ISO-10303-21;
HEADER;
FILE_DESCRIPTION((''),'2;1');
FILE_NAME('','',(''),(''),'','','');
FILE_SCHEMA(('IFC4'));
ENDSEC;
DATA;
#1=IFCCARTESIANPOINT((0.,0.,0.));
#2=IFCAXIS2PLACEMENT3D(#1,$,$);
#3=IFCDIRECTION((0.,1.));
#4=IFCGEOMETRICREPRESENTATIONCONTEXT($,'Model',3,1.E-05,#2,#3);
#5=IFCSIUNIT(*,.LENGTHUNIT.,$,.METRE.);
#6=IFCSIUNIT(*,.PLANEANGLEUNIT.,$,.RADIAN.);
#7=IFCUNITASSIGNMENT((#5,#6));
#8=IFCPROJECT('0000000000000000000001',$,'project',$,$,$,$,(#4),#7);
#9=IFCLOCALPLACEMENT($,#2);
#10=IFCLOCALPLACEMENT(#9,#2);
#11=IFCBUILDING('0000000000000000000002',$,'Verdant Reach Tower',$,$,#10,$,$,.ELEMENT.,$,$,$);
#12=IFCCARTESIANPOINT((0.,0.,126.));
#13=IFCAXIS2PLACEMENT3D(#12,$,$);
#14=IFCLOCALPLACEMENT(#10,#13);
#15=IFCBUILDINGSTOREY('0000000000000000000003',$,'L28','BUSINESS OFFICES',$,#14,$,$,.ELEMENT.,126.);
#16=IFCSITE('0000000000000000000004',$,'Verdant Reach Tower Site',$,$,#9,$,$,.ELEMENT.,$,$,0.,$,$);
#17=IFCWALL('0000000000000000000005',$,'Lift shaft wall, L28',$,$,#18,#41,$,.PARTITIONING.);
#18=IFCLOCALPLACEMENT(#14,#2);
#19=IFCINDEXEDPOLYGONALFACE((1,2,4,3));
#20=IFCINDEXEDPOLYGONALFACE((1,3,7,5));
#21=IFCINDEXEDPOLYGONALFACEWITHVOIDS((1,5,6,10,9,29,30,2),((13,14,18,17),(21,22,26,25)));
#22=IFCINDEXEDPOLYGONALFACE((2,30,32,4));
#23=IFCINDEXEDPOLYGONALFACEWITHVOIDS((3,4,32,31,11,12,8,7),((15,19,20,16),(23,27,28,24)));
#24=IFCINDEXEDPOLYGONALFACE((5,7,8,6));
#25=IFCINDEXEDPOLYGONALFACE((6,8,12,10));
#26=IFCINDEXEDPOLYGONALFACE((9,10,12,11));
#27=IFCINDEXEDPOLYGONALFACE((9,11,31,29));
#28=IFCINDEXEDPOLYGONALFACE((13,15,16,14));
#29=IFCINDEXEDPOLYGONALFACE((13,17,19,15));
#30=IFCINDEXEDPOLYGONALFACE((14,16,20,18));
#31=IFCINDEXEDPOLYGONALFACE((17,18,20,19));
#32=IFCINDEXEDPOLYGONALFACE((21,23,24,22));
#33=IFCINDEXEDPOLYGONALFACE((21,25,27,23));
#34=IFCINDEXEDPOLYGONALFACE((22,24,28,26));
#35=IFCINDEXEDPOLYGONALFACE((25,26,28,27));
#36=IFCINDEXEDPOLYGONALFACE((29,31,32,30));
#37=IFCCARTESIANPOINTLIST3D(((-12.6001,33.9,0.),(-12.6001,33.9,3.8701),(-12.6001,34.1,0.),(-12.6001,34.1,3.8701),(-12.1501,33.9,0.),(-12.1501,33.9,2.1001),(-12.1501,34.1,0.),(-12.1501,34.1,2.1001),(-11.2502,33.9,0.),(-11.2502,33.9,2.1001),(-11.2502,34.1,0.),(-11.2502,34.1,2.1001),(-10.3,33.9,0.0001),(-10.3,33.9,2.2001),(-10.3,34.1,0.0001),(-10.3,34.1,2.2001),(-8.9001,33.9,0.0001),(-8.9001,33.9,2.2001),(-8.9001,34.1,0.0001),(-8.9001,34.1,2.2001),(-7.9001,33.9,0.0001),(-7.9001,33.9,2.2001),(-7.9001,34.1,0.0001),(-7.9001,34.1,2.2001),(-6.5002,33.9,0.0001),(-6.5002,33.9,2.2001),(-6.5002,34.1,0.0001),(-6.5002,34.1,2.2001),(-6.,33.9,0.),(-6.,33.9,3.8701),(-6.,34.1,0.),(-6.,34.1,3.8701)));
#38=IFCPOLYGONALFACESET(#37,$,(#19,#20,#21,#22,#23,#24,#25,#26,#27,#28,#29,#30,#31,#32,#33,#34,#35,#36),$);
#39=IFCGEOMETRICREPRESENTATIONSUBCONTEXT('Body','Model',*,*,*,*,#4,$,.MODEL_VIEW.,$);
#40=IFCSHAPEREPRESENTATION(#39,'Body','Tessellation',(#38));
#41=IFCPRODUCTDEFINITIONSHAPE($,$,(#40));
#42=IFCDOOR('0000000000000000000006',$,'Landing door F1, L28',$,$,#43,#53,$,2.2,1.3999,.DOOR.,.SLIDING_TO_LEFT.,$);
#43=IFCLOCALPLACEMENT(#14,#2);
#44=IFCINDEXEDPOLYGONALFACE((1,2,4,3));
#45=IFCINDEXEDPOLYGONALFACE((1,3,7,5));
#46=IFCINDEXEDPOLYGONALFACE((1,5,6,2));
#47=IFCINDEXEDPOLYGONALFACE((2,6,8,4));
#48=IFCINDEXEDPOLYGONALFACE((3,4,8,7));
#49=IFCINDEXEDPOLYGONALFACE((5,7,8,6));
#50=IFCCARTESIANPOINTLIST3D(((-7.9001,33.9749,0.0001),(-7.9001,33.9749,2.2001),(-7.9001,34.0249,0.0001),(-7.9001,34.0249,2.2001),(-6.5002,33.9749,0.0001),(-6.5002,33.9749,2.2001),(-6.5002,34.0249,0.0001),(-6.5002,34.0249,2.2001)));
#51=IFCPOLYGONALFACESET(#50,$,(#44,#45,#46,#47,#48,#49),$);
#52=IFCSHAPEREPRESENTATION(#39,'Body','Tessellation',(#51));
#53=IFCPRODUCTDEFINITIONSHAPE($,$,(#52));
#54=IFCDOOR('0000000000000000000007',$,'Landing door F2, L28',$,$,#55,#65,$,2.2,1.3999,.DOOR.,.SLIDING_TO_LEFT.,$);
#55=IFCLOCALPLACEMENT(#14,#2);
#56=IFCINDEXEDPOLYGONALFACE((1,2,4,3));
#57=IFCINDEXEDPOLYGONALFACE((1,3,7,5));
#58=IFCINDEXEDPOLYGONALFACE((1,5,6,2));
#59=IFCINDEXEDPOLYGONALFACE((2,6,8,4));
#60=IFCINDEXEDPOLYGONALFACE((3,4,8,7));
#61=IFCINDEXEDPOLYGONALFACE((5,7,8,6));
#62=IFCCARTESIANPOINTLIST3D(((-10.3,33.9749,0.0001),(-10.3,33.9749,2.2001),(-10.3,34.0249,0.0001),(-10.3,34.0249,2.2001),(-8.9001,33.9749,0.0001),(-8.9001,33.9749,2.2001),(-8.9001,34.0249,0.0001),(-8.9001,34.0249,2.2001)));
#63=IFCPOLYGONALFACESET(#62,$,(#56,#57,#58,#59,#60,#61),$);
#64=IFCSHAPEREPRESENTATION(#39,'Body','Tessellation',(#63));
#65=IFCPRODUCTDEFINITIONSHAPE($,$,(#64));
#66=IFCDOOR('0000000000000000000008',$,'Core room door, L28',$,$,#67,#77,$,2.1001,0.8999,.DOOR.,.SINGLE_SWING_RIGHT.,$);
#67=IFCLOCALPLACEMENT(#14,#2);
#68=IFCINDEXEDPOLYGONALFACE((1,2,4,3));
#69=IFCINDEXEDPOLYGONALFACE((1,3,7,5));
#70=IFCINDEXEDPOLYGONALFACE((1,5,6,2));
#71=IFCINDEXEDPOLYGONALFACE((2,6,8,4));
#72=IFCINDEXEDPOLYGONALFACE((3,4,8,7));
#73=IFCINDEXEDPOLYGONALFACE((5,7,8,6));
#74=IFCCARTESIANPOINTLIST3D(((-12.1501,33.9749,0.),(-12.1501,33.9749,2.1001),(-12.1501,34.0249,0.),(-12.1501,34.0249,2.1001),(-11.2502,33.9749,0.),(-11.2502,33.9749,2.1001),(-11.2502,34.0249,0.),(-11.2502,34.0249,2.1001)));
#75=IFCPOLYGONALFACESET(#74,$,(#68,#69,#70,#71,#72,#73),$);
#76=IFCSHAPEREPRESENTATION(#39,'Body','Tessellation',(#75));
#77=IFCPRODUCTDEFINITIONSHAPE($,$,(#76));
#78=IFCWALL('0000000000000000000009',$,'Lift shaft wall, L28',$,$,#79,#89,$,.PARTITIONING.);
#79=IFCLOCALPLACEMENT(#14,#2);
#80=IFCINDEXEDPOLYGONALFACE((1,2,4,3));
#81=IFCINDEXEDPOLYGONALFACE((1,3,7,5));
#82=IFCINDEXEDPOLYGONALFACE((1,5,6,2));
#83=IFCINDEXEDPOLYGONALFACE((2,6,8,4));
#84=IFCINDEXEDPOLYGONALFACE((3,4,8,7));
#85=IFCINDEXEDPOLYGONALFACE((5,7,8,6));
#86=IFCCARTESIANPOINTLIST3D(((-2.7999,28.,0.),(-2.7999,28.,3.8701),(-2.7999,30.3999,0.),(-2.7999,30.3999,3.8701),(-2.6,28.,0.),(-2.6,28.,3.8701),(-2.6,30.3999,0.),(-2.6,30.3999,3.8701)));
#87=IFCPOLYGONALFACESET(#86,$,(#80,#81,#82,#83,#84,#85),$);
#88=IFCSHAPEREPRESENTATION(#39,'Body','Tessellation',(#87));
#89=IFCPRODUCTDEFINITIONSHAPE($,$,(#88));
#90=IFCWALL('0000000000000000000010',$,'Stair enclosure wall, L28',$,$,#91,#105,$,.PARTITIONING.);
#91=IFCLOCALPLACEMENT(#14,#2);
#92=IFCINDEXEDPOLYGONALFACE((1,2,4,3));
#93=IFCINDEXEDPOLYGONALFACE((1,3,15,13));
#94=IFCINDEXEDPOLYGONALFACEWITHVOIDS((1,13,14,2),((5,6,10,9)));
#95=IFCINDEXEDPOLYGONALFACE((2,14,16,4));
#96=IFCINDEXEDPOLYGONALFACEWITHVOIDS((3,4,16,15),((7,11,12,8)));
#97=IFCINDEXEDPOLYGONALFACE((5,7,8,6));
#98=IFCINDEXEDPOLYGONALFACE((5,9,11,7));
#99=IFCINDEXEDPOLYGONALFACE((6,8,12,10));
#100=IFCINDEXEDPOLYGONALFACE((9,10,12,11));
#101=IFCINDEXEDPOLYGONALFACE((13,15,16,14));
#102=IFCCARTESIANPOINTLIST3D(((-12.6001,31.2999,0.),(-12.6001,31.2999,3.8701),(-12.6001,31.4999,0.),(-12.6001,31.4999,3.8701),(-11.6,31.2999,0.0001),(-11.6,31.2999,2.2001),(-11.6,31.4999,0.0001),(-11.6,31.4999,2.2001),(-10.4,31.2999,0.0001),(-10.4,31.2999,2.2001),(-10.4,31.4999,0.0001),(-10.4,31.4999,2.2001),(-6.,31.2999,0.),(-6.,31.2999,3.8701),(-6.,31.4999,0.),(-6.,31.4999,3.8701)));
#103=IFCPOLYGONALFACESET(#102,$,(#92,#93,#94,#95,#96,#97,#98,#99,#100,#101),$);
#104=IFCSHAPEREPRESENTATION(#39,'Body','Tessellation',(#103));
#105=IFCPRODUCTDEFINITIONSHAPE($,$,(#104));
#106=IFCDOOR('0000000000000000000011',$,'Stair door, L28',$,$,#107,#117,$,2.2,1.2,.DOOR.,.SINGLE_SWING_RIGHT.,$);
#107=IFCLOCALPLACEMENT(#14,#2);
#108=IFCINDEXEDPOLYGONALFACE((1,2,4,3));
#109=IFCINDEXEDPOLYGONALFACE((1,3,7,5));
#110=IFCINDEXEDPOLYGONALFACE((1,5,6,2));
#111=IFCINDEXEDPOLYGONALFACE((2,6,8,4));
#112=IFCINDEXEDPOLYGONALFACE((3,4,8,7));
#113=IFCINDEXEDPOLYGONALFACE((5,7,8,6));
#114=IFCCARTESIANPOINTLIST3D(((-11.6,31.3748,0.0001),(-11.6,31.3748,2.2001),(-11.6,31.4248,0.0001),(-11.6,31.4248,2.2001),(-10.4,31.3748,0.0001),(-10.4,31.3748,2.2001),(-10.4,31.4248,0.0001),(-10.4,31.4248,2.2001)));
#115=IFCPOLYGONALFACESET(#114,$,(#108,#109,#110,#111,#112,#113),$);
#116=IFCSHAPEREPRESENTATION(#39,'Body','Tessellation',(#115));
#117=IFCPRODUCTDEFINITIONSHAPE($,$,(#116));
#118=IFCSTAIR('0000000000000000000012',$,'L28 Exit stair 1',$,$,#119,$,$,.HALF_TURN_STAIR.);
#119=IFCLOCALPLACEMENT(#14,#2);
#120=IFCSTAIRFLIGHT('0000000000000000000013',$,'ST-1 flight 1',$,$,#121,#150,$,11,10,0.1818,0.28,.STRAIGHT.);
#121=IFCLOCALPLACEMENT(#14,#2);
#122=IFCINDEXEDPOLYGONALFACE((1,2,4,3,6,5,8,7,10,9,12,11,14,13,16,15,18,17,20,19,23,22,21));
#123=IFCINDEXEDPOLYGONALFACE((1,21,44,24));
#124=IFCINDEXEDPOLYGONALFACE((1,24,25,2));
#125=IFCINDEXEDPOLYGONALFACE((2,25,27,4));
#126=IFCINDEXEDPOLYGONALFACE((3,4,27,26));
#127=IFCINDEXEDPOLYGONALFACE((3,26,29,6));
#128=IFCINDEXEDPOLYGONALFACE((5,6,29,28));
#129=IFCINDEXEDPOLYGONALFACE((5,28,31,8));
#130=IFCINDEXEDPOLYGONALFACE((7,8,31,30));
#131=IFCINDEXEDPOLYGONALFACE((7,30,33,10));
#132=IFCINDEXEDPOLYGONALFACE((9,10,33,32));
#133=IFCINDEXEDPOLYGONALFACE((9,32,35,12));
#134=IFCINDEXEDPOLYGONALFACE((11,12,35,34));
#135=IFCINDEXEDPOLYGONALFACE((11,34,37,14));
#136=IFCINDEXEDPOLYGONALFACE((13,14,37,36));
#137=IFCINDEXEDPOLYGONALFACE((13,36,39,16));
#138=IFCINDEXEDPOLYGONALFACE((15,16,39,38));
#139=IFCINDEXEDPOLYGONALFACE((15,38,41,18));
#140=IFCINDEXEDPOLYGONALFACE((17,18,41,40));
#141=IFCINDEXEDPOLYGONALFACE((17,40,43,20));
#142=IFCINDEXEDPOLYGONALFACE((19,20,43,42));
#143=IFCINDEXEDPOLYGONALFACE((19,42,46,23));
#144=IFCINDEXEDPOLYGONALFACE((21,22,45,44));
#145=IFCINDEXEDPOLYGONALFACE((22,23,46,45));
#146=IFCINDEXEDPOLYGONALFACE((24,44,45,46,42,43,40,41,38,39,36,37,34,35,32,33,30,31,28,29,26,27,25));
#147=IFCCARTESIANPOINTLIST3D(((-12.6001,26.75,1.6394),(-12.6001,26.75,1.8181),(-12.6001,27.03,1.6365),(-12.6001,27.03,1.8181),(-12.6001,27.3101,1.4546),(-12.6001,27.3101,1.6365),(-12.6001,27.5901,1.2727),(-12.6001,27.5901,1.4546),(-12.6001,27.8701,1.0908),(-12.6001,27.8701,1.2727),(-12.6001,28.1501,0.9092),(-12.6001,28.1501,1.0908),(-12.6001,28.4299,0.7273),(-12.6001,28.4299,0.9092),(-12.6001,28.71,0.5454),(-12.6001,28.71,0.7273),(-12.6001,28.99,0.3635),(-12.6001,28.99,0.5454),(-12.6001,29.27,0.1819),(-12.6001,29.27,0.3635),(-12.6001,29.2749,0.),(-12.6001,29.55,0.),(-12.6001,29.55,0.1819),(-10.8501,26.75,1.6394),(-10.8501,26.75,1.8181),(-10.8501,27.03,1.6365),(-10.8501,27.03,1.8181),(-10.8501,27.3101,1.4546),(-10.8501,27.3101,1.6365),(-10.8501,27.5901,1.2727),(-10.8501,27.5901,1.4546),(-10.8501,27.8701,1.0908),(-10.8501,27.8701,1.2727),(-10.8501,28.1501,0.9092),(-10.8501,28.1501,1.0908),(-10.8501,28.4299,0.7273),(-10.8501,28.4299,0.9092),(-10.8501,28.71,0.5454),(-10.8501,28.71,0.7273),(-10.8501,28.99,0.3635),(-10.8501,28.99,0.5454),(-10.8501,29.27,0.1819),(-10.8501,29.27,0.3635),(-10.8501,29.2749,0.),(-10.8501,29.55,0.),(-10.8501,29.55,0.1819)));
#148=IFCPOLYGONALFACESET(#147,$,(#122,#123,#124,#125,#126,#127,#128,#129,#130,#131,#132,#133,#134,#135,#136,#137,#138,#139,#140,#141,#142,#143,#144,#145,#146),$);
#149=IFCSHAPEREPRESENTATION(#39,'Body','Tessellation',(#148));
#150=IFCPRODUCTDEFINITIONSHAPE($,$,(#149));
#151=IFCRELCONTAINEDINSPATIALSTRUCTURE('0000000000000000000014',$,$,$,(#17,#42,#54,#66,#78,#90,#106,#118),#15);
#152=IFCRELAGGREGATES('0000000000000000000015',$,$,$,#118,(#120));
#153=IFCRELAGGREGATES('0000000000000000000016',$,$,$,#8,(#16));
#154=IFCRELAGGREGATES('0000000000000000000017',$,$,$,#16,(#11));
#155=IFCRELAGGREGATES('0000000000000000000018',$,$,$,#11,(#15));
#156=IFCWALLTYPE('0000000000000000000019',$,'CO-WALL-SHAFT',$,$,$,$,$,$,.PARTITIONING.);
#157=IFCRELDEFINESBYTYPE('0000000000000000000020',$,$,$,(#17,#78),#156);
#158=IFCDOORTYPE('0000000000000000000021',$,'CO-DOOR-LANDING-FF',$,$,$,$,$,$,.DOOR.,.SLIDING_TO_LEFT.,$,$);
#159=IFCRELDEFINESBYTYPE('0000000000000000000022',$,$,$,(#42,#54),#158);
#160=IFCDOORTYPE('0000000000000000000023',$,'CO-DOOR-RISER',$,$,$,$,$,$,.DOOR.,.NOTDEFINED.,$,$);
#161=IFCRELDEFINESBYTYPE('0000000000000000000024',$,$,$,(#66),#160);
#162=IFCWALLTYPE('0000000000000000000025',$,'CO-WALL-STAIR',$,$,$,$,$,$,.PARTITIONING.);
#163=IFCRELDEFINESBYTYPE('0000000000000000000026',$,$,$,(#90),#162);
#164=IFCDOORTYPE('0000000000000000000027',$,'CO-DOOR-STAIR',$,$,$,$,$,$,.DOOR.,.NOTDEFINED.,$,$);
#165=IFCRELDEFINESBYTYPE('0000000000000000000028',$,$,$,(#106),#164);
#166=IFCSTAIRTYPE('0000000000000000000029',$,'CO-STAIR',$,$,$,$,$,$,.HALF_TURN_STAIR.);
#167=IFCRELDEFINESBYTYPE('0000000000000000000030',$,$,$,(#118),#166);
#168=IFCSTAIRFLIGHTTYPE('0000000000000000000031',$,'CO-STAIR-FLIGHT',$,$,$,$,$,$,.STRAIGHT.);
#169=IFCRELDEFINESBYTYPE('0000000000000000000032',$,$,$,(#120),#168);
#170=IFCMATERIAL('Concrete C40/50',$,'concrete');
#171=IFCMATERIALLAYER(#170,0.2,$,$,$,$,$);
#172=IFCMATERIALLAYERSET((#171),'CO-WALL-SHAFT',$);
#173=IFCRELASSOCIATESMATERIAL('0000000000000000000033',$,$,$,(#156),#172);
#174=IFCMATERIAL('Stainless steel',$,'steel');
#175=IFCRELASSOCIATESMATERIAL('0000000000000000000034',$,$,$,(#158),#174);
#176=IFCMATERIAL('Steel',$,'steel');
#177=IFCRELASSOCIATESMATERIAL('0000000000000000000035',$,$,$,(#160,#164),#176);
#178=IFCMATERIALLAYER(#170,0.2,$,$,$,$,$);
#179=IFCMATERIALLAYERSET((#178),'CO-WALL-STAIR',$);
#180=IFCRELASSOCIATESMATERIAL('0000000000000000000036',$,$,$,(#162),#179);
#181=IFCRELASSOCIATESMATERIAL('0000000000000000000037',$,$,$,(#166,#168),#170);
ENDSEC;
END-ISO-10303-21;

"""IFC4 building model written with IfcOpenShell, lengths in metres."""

from ifc_helpers import new_model, si_unit, direction, frame, frame_2d, origin, place, context, subcontext, project, spatial, polyline, rectangle, outline, extrude, material, layer, layer_set, type_object, element, fill, aggregate, save


model = new_model("IFC4")

# Units and contexts
model_context = context("Model", 3, precision=1e-05, world=origin(), true_north=direction((0.0, 1.0)))
body_context = subcontext(model_context, "Body", "Model", "MODEL_VIEW")
ifc_project = project(units=[si_unit("LENGTHUNIT", "METRE"), si_unit("PLANEANGLEUNIT", "RADIAN")], contexts=[model_context])

# Site, building, storey
site_placement = place(None, origin())
site = spatial("IfcSite", under=ifc_project, at=site_placement, Name="Verdant Reach Tower Site", CompositionType="ELEMENT", RefElevation=0.0)
building_placement = place(site_placement, origin())
building = spatial("IfcBuilding", under=site, at=building_placement, Name="Verdant Reach Tower", CompositionType="ELEMENT")
storey_placement = place(building_placement, frame((0.0, 0.0, 126.0)))
storey = spatial("IfcBuildingStorey", under=building, at=storey_placement, Name="L28", Description="BUSINESS OFFICES", CompositionType="ELEMENT", Elevation=126.0)

# Shared definitions
ifc_material_1 = material(Name="Concrete C40/50", Category="concrete")
ifc_layer_1 = layer(ifc_material_1, 0.2)
ifc_layer_set_1 = layer_set([ifc_layer_1], Name="CO-WALL-SHAFT")
wall_type_1 = type_object("IfcWallType", Name="CO-WALL-SHAFT", PredefinedType="PARTITIONING", material=ifc_layer_set_1)

# Wall, openings, doors
wall_1_placement = place(storey_placement, frame((-12.6001, 34.0, 0.0), z_axis=(0.0, 0.0, 1.0), x_axis=(1.0, 0.0, 0.0)))
wall_1 = element("IfcWall", 1, at=wall_1_placement, inside=storey, type_object=wall_type_1, Name="Lift shaft wall, L28", PredefinedType="PARTITIONING", context=body_context, shape_type="SweptSolid", body=[
    extrude(rectangle(XDim=6.6001, YDim=0.2, at=frame_2d((3.3, 0.0))), origin(), (0.0, 0.0, 1.0), 3.8701),
])
opening_1_placement = place(wall_1_placement, frame((4.7, 0.0, 0.0)))
opening_1 = element("IfcOpeningElement", 2, at=opening_1_placement, cuts=wall_1, PredefinedType="OPENING", context=body_context, shape_type="SweptSolid", body=[
    extrude(rectangle(XDim=1.3999, YDim=2.2, at=frame_2d((0.7, 1.1001))), frame((0.0, 0.1099, 0.0), z_axis=(0.0, -1.0, 0.0), x_axis=(1.0, 0.0, 0.0)), (0.0, 0.0, 1.0), 0.22),
])
opening_2_placement = place(wall_1_placement, frame((2.3, 0.0, 0.0)))
opening_2 = element("IfcOpeningElement", 3, at=opening_2_placement, cuts=wall_1, PredefinedType="OPENING", context=body_context, shape_type="SweptSolid", body=[
    extrude(rectangle(XDim=1.3999, YDim=2.2, at=frame_2d((0.7, 1.1001))), frame((0.0, 0.1099, 0.0), z_axis=(0.0, -1.0, 0.0), x_axis=(1.0, 0.0, 0.0)), (0.0, 0.0, 1.0), 0.22),
])
opening_3_placement = place(wall_1_placement, frame((0.45, 0.0, 0.0)))
opening_3 = element("IfcOpeningElement", 4, at=opening_3_placement, cuts=wall_1, PredefinedType="OPENING", context=body_context, shape_type="SweptSolid", body=[
    extrude(rectangle(XDim=0.8999, YDim=2.1001, at=frame_2d((0.45, 1.05))), frame((0.0, 0.1099, 0.0), z_axis=(0.0, -1.0, 0.0), x_axis=(1.0, 0.0, 0.0)), (0.0, 0.0, 1.0), 0.22),
])
ifc_material_2 = material(Name="Stainless steel", Category="steel")
door_type_1 = type_object("IfcDoorType", Name="CO-DOOR-LANDING-FF", OperationType="SLIDING_TO_LEFT", PredefinedType="DOOR", material=ifc_material_2)
door_1_placement = place(opening_1_placement, origin())
door_1 = element("IfcDoor", 5, at=door_1_placement, inside=storey, type_object=door_type_1, Name="Landing door F1, L28", OperationType="SLIDING_TO_LEFT", OverallHeight=2.2, OverallWidth=1.3999, PredefinedType="DOOR", context=body_context, shape_type="SweptSolid", body=[
    extrude(rectangle(XDim=1.3999, YDim=2.2, at=frame_2d((0.7, 1.1001))), frame((0.0, 0.0249, 0.0), z_axis=(0.0, -1.0, 0.0), x_axis=(1.0, 0.0, 0.0)), (0.0, 0.0, 1.0), 0.05),
])
fill(opening_1, door_1)
door_2_placement = place(opening_2_placement, origin())
door_2 = element("IfcDoor", 6, at=door_2_placement, inside=storey, type_object=door_type_1, Name="Landing door F2, L28", OperationType="SLIDING_TO_LEFT", OverallHeight=2.2, OverallWidth=1.3999, PredefinedType="DOOR", context=body_context, shape_type="SweptSolid", body=[
    extrude(rectangle(XDim=1.3999, YDim=2.2, at=frame_2d((0.7, 1.1001))), frame((0.0, 0.0249, 0.0), z_axis=(0.0, -1.0, 0.0), x_axis=(1.0, 0.0, 0.0)), (0.0, 0.0, 1.0), 0.05),
])
fill(opening_2, door_2)
ifc_material_3 = material(Name="Steel", Category="steel")
door_type_2 = type_object("IfcDoorType", Name="CO-DOOR-RISER", OperationType="NOTDEFINED", PredefinedType="DOOR", material=ifc_material_3)
door_3_placement = place(opening_3_placement, origin())
door_3 = element("IfcDoor", 7, at=door_3_placement, inside=storey, type_object=door_type_2, Name="Core room door, L28", OperationType="SINGLE_SWING_RIGHT", OverallHeight=2.1001, OverallWidth=0.8999, PredefinedType="DOOR", context=body_context, shape_type="SweptSolid", body=[
    extrude(rectangle(XDim=0.8999, YDim=2.1001, at=frame_2d((0.45, 1.05))), frame((0.0, 0.0249, 0.0), z_axis=(0.0, -1.0, 0.0), x_axis=(1.0, 0.0, 0.0)), (0.0, 0.0, 1.0), 0.05),
])
fill(opening_3, door_3)

# Wall
wall_2_placement = place(storey_placement, frame((-2.7, 28.0, 0.0), z_axis=(0.0, 0.0, 1.0), x_axis=(0.0, 1.0, 0.0)))
element("IfcWall", 8, at=wall_2_placement, inside=storey, type_object=wall_type_1, Name="Lift shaft wall, L28", PredefinedType="PARTITIONING", context=body_context, shape_type="SweptSolid", body=[
    extrude(rectangle(XDim=2.3999, YDim=0.2, at=frame_2d((1.2, 0.0))), origin(), (0.0, 0.0, 1.0), 3.8701),
])

# Wall, opening, door
ifc_layer_2 = layer(ifc_material_1, 0.2)
ifc_layer_set_2 = layer_set([ifc_layer_2], Name="CO-WALL-STAIR")
wall_type_2 = type_object("IfcWallType", Name="CO-WALL-STAIR", PredefinedType="PARTITIONING", material=ifc_layer_set_2)
wall_3_placement = place(storey_placement, frame((-12.6001, 31.3999, 0.0), z_axis=(0.0, 0.0, 1.0), x_axis=(1.0, 0.0, 0.0)))
wall_3 = element("IfcWall", 9, at=wall_3_placement, inside=storey, type_object=wall_type_2, Name="Stair enclosure wall, L28", PredefinedType="PARTITIONING", context=body_context, shape_type="SweptSolid", body=[
    extrude(rectangle(XDim=6.6001, YDim=0.2, at=frame_2d((3.3, 0.0))), origin(), (0.0, 0.0, 1.0), 3.8701),
])
opening_4_placement = place(wall_3_placement, frame((1.0, 0.0, 0.0)))
opening_4 = element("IfcOpeningElement", 10, at=opening_4_placement, cuts=wall_3, PredefinedType="OPENING", context=body_context, shape_type="SweptSolid", body=[
    extrude(rectangle(XDim=1.2, YDim=2.2, at=frame_2d((0.6001, 1.1001))), frame((0.0, 0.1099, 0.0), z_axis=(0.0, -1.0, 0.0), x_axis=(1.0, 0.0, 0.0)), (0.0, 0.0, 1.0), 0.22),
])
door_type_3 = type_object("IfcDoorType", Name="CO-DOOR-STAIR", OperationType="NOTDEFINED", PredefinedType="DOOR", material=ifc_material_3)
door_4_placement = place(opening_4_placement, origin())
door_4 = element("IfcDoor", 11, at=door_4_placement, inside=storey, type_object=door_type_3, Name="Stair door, L28", OperationType="SINGLE_SWING_RIGHT", OverallHeight=2.2, OverallWidth=1.2, PredefinedType="DOOR", context=body_context, shape_type="SweptSolid", body=[
    extrude(rectangle(XDim=1.2, YDim=2.2, at=frame_2d((0.6001, 1.1001))), frame((0.0, 0.0249, 0.0), z_axis=(0.0, -1.0, 0.0), x_axis=(1.0, 0.0, 0.0)), (0.0, 0.0, 1.0), 0.05),
])
fill(opening_4, door_4)

# Stair, stair flight
stair_type = type_object("IfcStairType", Name="CO-STAIR", PredefinedType="HALF_TURN_STAIR", material=ifc_material_1)
stair_placement = place(storey_placement, origin())
stair = element("IfcStair", 12, at=stair_placement, inside=storey, type_object=stair_type, Name="L28 Exit stair 1", PredefinedType="HALF_TURN_STAIR")
stair_flight_type = type_object("IfcStairFlightType", Name="CO-STAIR-FLIGHT", PredefinedType="STRAIGHT", material=ifc_material_1)
stair_flight_1_placement = place(storey_placement, frame((-11.7251, 29.55, 0.0), z_axis=(0.0, 0.0, 1.0), x_axis=(0.0, -1.0, 0.0)))
stair_flight_1 = element("IfcStairFlight", 13, at=stair_flight_1_placement, type_object=stair_flight_type, Name="ST-1 flight 1", NumberOfRisers=11, NumberOfTreads=10, PredefinedType="STRAIGHT", RiserHeight=0.1818, TreadLength=0.28, context=body_context, shape_type="SweptSolid", body=[
    extrude(outline(polyline([(0.0, 0.0), (0.0, 0.1819), (0.28, 0.1819), (0.28, 0.3635), (0.5601, 0.3635), (0.5601, 0.5454), (0.8401, 0.5454), (0.8401, 0.7273), (1.1201, 0.7273), (1.1201, 0.9092), (1.3999, 0.9092), (1.3999, 1.0908), (1.6799, 1.0908), (1.6799, 1.2727), (1.96, 1.2727), (1.96, 1.4546), (2.24, 1.4546), (2.24, 1.6365), (2.52, 1.6365), (2.52, 1.8181), (2.8, 1.8181), (2.8, 2.0), (2.8, 1.6394), (0.2751, 0.0), (0.0, 0.0)])), frame((0.0, 0.875, 0.0), z_axis=(0.0, -1.0, 0.0), x_axis=(1.0, 0.0, 0.0)), (0.0, 0.0, 1.0), 1.75),
])
aggregate(stair, [stair_flight_1])

save(model, "model.ifc")
